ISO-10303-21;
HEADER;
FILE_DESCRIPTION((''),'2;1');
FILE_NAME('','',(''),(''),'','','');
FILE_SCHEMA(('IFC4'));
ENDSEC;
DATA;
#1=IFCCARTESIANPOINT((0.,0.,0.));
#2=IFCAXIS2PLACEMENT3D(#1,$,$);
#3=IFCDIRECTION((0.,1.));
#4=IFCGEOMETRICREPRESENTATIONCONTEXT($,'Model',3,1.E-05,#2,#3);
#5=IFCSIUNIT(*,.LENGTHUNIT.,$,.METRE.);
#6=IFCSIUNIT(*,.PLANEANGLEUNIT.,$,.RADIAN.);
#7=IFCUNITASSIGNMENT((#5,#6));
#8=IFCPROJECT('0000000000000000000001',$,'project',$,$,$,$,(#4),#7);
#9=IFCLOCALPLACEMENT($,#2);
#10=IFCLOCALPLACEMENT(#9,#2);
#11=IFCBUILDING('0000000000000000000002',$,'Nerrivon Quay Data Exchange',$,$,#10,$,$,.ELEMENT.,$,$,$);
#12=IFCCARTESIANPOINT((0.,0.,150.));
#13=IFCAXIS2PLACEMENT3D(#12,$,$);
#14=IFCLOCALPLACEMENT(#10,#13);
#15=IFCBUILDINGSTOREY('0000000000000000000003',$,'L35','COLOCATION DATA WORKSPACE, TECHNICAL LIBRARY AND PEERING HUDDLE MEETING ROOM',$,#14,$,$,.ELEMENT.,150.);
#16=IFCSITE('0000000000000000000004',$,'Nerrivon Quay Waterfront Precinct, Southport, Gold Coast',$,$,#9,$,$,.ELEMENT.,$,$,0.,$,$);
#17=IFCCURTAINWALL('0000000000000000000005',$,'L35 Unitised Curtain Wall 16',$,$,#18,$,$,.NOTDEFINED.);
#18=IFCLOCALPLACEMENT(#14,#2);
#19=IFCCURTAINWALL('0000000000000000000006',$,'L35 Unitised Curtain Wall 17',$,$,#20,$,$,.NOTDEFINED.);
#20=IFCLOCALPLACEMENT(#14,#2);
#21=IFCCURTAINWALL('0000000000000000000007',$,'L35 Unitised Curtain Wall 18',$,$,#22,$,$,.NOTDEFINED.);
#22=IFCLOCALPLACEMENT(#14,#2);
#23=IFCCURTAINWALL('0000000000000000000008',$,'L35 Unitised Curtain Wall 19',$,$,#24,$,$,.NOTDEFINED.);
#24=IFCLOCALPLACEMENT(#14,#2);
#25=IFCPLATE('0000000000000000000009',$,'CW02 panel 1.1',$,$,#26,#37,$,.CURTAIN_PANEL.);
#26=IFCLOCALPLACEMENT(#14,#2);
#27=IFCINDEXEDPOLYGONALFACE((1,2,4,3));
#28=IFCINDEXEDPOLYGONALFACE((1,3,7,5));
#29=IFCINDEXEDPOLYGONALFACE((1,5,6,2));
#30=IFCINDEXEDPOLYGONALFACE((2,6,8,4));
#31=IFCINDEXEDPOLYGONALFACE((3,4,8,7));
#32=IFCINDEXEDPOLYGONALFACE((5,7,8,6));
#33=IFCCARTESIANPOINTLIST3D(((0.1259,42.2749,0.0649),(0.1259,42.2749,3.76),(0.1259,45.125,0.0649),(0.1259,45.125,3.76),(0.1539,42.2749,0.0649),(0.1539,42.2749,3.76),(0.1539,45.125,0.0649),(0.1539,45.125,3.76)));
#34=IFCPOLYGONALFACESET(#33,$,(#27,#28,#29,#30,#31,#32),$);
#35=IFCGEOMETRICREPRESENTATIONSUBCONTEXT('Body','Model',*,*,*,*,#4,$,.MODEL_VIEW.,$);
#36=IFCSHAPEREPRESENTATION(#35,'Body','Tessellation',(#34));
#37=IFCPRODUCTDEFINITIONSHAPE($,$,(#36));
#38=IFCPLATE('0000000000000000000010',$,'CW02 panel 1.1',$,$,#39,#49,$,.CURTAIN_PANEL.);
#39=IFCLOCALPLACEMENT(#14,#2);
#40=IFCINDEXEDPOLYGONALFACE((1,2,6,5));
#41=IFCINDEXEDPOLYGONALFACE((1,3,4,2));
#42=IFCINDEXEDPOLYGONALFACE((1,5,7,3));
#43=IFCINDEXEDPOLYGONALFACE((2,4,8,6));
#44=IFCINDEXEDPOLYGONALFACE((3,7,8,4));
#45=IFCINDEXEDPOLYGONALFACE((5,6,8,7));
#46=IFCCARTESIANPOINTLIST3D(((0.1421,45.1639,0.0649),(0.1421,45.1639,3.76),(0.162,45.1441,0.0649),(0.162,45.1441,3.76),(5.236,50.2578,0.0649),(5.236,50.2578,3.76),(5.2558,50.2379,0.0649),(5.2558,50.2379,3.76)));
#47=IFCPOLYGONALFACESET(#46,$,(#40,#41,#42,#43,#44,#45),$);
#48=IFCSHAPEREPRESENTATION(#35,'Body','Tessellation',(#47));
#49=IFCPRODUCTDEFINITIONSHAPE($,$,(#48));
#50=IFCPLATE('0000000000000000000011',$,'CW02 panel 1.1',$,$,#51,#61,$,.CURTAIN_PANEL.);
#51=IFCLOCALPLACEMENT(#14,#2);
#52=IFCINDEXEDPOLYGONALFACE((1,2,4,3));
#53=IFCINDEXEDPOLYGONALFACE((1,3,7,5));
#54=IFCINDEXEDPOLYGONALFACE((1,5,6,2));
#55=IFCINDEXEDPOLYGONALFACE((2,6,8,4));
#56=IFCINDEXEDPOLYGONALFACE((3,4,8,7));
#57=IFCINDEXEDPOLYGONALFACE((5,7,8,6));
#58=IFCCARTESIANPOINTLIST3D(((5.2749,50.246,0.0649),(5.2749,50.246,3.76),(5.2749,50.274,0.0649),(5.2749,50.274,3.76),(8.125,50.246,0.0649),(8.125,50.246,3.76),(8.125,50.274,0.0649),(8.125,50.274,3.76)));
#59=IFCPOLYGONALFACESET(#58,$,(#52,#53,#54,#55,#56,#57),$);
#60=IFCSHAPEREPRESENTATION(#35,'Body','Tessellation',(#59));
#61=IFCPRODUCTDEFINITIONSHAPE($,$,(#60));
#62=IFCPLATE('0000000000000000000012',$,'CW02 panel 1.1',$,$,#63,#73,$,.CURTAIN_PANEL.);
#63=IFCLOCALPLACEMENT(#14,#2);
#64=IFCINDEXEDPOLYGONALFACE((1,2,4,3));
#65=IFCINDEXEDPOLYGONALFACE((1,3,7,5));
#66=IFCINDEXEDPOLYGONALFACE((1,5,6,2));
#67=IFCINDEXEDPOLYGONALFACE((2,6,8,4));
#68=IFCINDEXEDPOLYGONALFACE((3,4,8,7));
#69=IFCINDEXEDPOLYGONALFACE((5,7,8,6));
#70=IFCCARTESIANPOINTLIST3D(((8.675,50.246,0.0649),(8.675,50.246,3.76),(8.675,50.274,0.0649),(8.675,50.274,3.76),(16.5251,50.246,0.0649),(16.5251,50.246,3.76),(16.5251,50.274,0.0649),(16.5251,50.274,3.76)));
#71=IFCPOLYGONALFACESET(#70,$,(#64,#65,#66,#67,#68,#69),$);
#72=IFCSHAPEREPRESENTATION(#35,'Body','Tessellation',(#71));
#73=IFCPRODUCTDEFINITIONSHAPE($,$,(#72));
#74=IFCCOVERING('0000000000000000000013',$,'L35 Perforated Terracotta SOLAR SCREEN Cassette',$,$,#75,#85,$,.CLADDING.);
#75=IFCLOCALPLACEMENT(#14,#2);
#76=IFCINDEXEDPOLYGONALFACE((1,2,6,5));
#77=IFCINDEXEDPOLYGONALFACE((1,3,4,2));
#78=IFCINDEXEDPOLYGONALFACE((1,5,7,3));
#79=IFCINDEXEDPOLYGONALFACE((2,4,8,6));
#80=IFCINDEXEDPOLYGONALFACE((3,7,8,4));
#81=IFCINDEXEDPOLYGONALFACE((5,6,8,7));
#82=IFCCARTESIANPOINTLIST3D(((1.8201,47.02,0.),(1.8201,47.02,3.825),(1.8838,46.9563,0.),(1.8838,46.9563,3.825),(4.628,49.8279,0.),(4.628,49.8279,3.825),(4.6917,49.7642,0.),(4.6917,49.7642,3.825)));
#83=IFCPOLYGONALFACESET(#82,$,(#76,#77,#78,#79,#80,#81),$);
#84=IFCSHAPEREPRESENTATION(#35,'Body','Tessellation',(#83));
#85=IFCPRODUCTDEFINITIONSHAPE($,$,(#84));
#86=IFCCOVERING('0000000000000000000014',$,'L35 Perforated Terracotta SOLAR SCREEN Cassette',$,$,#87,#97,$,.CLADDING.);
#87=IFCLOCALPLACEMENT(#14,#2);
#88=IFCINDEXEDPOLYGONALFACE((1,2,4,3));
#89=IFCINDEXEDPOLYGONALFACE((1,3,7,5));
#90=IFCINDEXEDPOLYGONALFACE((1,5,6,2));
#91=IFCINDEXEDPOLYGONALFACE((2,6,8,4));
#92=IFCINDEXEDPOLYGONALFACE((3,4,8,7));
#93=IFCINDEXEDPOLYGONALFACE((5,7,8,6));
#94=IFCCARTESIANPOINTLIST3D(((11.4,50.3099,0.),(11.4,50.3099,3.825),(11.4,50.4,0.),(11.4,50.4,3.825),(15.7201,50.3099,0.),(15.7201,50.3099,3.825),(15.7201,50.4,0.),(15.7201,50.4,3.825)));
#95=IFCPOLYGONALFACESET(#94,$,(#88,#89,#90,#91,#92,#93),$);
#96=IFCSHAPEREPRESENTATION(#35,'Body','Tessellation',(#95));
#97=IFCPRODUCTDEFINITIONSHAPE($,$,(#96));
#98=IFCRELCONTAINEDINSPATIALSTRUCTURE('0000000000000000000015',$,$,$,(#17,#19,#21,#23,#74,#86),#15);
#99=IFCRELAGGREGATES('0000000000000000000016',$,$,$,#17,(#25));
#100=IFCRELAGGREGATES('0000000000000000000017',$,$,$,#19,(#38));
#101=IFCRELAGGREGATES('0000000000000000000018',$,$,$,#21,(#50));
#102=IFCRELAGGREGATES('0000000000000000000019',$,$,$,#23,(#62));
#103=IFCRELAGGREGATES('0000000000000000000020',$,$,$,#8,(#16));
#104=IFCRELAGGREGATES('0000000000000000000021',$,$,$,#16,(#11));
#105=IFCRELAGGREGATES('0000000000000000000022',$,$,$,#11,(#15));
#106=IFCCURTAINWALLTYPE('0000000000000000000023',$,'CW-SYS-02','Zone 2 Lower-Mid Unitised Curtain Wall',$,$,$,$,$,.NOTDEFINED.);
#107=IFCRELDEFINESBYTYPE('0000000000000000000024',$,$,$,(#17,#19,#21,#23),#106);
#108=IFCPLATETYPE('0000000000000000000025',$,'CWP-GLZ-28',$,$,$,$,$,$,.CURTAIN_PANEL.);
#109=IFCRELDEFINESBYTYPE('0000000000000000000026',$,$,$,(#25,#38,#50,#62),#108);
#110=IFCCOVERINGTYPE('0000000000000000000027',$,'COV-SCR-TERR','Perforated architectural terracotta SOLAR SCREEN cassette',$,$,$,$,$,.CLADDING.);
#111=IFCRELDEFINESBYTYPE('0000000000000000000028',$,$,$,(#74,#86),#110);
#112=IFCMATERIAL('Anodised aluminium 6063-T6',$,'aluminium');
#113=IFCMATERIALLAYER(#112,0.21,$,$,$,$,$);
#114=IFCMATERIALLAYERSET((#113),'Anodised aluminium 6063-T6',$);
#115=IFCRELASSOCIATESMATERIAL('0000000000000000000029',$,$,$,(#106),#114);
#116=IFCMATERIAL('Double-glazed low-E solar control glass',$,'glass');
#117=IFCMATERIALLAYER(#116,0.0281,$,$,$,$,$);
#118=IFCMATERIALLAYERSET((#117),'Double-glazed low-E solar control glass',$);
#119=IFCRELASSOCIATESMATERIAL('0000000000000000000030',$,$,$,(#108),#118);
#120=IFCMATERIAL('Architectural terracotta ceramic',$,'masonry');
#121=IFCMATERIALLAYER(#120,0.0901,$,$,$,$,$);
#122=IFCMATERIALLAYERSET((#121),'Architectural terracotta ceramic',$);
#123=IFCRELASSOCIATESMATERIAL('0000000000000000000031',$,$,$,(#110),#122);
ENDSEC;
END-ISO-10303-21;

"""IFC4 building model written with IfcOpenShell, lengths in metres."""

from ifc_helpers import new_model, si_unit, direction, frame, origin, origin_2d, place, context, subcontext, project, spatial, rectangle, extrude, material, layer, layer_set, type_object, element, aggregate, save


model = new_model("IFC4")

# Units and contexts
model_context = context("Model", 3, precision=1e-05, world=origin(), true_north=direction((0.0, 1.0)))
body_context = subcontext(model_context, "Body", "Model", "MODEL_VIEW")
ifc_project = project(units=[si_unit("LENGTHUNIT", "METRE"), si_unit("PLANEANGLEUNIT", "RADIAN")], contexts=[model_context])

# Site, building, storey
site_placement = place(None, origin())
site = spatial("IfcSite", under=ifc_project, at=site_placement, Name="Nerrivon Quay Waterfront Precinct, Southport, Gold Coast", CompositionType="ELEMENT", RefElevation=0.0)
building_placement = place(site_placement, origin())
building = spatial("IfcBuilding", under=site, at=building_placement, Name="Nerrivon Quay Data Exchange", CompositionType="ELEMENT")
storey_placement = place(building_placement, frame((0.0, 0.0, 150.0)))
storey = spatial("IfcBuildingStorey", under=building, at=storey_placement, Name="L35", Description="COLOCATION DATA WORKSPACE, TECHNICAL LIBRARY AND PEERING HUDDLE MEETING ROOM", CompositionType="ELEMENT", Elevation=150.0)

# Curtain walls
ifc_material_1 = material(Name="Anodised aluminium 6063-T6", Category="aluminium")
ifc_layer_1 = layer(ifc_material_1, 0.21)
ifc_layer_set_1 = layer_set([ifc_layer_1], Name="Anodised aluminium 6063-T6")
curtain_wall_type = type_object("IfcCurtainWallType", Name="CW-SYS-02", Description="Zone 2 Lower-Mid Unitised Curtain Wall", PredefinedType="NOTDEFINED", material=ifc_layer_set_1)
curtain_wall_1_placement = place(storey_placement, origin())
curtain_wall_1 = element("IfcCurtainWall", 1, at=curtain_wall_1_placement, inside=storey, type_object=curtain_wall_type, Name="L35 Unitised Curtain Wall 16", PredefinedType="NOTDEFINED")
curtain_wall_2_placement = place(storey_placement, origin())
curtain_wall_2 = element("IfcCurtainWall", 2, at=curtain_wall_2_placement, inside=storey, type_object=curtain_wall_type, Name="L35 Unitised Curtain Wall 17", PredefinedType="NOTDEFINED")
curtain_wall_3_placement = place(storey_placement, origin())
curtain_wall_3 = element("IfcCurtainWall", 3, at=curtain_wall_3_placement, inside=storey, type_object=curtain_wall_type, Name="L35 Unitised Curtain Wall 18", PredefinedType="NOTDEFINED")

# Curtain wall
curtain_wall_4_placement = place(storey_placement, origin())
curtain_wall_4 = element("IfcCurtainWall", 4, at=curtain_wall_4_placement, inside=storey, type_object=curtain_wall_type, Name="L35 Unitised Curtain Wall 19", PredefinedType="NOTDEFINED")

# Plates
ifc_material_2 = material(Name="Double-glazed low-E solar control glass", Category="glass")
ifc_layer_2 = layer(ifc_material_2, 0.0281)
ifc_layer_set_2 = layer_set([ifc_layer_2], Name="Double-glazed low-E solar control glass")
plate_type = type_object("IfcPlateType", Name="CWP-GLZ-28", PredefinedType="CURTAIN_PANEL", material=ifc_layer_set_2)
plate_1_placement = place(storey_placement, frame((0.1399, 43.7, 0.0649), z_axis=(0.0, 0.0, 1.0), x_axis=(0.0, 1.0, 0.0)))
plate_1 = element("IfcPlate", 5, at=plate_1_placement, type_object=plate_type, Name="CW02 panel 1.1", PredefinedType="CURTAIN_PANEL", context=body_context, shape_type="SweptSolid", body=[
    extrude(rectangle(XDim=2.8501, YDim=0.0281, at=origin_2d()), origin(), (0.0, 0.0, 1.0), 3.6951),
])
aggregate(curtain_wall_1, [plate_1])
plate_2_placement = place(storey_placement, frame((2.699, 47.7009, 0.0649), z_axis=(0.0, 0.0, 1.0), x_axis=(0.707107, 0.707107, 0.0)))
plate_2 = element("IfcPlate", 6, at=plate_2_placement, type_object=plate_type, Name="CW02 panel 1.1", PredefinedType="CURTAIN_PANEL", context=body_context, shape_type="SweptSolid", body=[
    extrude(rectangle(XDim=7.2039, YDim=0.0281, at=origin_2d()), origin(), (0.0, 0.0, 1.0), 3.6951),
])
aggregate(curtain_wall_2, [plate_2])
plate_3_placement = place(storey_placement, frame((6.7, 50.26, 0.0649), z_axis=(0.0, 0.0, 1.0), x_axis=(1.0, 0.0, 0.0)))
plate_3 = element("IfcPlate", 7, at=plate_3_placement, type_object=plate_type, Name="CW02 panel 1.1", PredefinedType="CURTAIN_PANEL", context=body_context, shape_type="SweptSolid", body=[
    extrude(rectangle(XDim=2.8501, YDim=0.0281, at=origin_2d()), origin(), (0.0, 0.0, 1.0), 3.6951),
])
aggregate(curtain_wall_3, [plate_3])
plate_4_placement = place(storey_placement, frame((12.6001, 50.26, 0.0649), z_axis=(0.0, 0.0, 1.0), x_axis=(1.0, 0.0, 0.0)))
plate_4 = element("IfcPlate", 8, at=plate_4_placement, type_object=plate_type, Name="CW02 panel 1.1", PredefinedType="CURTAIN_PANEL", context=body_context, shape_type="SweptSolid", body=[
    extrude(rectangle(XDim=7.8501, YDim=0.0281, at=origin_2d()), origin(), (0.0, 0.0, 1.0), 3.6951),
])
aggregate(curtain_wall_4, [plate_4])

# Coverings
ifc_material_3 = material(Name="Architectural terracotta ceramic", Category="masonry")
ifc_layer_3 = layer(ifc_material_3, 0.0901)
ifc_layer_set_3 = layer_set([ifc_layer_3], Name="Architectural terracotta ceramic")
covering_type = type_object("IfcCoveringType", Name="COV-SCR-TERR", Description="Perforated architectural terracotta SOLAR SCREEN cassette", PredefinedType="CLADDING", material=ifc_layer_set_3)
covering_1_placement = place(storey_placement, frame((3.2559, 48.3921, 0.0), z_axis=(0.0, 0.0, 1.0), x_axis=(0.707107, 0.707107, 0.0)))
element("IfcCovering", 9, at=covering_1_placement, inside=storey, type_object=covering_type, Name="L35 Perforated Terracotta SOLAR SCREEN Cassette", PredefinedType="CLADDING", context=body_context, shape_type="SweptSolid", body=[
    extrude(rectangle(XDim=3.9709, YDim=0.0901, at=origin_2d()), origin(), (0.0, 0.0, 1.0), 3.825),
])
covering_2_placement = place(storey_placement, frame((13.5601, 50.355, 0.0), z_axis=(0.0, 0.0, 1.0), x_axis=(1.0, 0.0, 0.0)))
element("IfcCovering", 10, at=covering_2_placement, inside=storey, type_object=covering_type, Name="L35 Perforated Terracotta SOLAR SCREEN Cassette", PredefinedType="CLADDING", context=body_context, shape_type="SweptSolid", body=[
    extrude(rectangle(XDim=4.3201, YDim=0.0901, at=origin_2d()), origin(), (0.0, 0.0, 1.0), 3.825),
])

save(model, "model.ifc")
